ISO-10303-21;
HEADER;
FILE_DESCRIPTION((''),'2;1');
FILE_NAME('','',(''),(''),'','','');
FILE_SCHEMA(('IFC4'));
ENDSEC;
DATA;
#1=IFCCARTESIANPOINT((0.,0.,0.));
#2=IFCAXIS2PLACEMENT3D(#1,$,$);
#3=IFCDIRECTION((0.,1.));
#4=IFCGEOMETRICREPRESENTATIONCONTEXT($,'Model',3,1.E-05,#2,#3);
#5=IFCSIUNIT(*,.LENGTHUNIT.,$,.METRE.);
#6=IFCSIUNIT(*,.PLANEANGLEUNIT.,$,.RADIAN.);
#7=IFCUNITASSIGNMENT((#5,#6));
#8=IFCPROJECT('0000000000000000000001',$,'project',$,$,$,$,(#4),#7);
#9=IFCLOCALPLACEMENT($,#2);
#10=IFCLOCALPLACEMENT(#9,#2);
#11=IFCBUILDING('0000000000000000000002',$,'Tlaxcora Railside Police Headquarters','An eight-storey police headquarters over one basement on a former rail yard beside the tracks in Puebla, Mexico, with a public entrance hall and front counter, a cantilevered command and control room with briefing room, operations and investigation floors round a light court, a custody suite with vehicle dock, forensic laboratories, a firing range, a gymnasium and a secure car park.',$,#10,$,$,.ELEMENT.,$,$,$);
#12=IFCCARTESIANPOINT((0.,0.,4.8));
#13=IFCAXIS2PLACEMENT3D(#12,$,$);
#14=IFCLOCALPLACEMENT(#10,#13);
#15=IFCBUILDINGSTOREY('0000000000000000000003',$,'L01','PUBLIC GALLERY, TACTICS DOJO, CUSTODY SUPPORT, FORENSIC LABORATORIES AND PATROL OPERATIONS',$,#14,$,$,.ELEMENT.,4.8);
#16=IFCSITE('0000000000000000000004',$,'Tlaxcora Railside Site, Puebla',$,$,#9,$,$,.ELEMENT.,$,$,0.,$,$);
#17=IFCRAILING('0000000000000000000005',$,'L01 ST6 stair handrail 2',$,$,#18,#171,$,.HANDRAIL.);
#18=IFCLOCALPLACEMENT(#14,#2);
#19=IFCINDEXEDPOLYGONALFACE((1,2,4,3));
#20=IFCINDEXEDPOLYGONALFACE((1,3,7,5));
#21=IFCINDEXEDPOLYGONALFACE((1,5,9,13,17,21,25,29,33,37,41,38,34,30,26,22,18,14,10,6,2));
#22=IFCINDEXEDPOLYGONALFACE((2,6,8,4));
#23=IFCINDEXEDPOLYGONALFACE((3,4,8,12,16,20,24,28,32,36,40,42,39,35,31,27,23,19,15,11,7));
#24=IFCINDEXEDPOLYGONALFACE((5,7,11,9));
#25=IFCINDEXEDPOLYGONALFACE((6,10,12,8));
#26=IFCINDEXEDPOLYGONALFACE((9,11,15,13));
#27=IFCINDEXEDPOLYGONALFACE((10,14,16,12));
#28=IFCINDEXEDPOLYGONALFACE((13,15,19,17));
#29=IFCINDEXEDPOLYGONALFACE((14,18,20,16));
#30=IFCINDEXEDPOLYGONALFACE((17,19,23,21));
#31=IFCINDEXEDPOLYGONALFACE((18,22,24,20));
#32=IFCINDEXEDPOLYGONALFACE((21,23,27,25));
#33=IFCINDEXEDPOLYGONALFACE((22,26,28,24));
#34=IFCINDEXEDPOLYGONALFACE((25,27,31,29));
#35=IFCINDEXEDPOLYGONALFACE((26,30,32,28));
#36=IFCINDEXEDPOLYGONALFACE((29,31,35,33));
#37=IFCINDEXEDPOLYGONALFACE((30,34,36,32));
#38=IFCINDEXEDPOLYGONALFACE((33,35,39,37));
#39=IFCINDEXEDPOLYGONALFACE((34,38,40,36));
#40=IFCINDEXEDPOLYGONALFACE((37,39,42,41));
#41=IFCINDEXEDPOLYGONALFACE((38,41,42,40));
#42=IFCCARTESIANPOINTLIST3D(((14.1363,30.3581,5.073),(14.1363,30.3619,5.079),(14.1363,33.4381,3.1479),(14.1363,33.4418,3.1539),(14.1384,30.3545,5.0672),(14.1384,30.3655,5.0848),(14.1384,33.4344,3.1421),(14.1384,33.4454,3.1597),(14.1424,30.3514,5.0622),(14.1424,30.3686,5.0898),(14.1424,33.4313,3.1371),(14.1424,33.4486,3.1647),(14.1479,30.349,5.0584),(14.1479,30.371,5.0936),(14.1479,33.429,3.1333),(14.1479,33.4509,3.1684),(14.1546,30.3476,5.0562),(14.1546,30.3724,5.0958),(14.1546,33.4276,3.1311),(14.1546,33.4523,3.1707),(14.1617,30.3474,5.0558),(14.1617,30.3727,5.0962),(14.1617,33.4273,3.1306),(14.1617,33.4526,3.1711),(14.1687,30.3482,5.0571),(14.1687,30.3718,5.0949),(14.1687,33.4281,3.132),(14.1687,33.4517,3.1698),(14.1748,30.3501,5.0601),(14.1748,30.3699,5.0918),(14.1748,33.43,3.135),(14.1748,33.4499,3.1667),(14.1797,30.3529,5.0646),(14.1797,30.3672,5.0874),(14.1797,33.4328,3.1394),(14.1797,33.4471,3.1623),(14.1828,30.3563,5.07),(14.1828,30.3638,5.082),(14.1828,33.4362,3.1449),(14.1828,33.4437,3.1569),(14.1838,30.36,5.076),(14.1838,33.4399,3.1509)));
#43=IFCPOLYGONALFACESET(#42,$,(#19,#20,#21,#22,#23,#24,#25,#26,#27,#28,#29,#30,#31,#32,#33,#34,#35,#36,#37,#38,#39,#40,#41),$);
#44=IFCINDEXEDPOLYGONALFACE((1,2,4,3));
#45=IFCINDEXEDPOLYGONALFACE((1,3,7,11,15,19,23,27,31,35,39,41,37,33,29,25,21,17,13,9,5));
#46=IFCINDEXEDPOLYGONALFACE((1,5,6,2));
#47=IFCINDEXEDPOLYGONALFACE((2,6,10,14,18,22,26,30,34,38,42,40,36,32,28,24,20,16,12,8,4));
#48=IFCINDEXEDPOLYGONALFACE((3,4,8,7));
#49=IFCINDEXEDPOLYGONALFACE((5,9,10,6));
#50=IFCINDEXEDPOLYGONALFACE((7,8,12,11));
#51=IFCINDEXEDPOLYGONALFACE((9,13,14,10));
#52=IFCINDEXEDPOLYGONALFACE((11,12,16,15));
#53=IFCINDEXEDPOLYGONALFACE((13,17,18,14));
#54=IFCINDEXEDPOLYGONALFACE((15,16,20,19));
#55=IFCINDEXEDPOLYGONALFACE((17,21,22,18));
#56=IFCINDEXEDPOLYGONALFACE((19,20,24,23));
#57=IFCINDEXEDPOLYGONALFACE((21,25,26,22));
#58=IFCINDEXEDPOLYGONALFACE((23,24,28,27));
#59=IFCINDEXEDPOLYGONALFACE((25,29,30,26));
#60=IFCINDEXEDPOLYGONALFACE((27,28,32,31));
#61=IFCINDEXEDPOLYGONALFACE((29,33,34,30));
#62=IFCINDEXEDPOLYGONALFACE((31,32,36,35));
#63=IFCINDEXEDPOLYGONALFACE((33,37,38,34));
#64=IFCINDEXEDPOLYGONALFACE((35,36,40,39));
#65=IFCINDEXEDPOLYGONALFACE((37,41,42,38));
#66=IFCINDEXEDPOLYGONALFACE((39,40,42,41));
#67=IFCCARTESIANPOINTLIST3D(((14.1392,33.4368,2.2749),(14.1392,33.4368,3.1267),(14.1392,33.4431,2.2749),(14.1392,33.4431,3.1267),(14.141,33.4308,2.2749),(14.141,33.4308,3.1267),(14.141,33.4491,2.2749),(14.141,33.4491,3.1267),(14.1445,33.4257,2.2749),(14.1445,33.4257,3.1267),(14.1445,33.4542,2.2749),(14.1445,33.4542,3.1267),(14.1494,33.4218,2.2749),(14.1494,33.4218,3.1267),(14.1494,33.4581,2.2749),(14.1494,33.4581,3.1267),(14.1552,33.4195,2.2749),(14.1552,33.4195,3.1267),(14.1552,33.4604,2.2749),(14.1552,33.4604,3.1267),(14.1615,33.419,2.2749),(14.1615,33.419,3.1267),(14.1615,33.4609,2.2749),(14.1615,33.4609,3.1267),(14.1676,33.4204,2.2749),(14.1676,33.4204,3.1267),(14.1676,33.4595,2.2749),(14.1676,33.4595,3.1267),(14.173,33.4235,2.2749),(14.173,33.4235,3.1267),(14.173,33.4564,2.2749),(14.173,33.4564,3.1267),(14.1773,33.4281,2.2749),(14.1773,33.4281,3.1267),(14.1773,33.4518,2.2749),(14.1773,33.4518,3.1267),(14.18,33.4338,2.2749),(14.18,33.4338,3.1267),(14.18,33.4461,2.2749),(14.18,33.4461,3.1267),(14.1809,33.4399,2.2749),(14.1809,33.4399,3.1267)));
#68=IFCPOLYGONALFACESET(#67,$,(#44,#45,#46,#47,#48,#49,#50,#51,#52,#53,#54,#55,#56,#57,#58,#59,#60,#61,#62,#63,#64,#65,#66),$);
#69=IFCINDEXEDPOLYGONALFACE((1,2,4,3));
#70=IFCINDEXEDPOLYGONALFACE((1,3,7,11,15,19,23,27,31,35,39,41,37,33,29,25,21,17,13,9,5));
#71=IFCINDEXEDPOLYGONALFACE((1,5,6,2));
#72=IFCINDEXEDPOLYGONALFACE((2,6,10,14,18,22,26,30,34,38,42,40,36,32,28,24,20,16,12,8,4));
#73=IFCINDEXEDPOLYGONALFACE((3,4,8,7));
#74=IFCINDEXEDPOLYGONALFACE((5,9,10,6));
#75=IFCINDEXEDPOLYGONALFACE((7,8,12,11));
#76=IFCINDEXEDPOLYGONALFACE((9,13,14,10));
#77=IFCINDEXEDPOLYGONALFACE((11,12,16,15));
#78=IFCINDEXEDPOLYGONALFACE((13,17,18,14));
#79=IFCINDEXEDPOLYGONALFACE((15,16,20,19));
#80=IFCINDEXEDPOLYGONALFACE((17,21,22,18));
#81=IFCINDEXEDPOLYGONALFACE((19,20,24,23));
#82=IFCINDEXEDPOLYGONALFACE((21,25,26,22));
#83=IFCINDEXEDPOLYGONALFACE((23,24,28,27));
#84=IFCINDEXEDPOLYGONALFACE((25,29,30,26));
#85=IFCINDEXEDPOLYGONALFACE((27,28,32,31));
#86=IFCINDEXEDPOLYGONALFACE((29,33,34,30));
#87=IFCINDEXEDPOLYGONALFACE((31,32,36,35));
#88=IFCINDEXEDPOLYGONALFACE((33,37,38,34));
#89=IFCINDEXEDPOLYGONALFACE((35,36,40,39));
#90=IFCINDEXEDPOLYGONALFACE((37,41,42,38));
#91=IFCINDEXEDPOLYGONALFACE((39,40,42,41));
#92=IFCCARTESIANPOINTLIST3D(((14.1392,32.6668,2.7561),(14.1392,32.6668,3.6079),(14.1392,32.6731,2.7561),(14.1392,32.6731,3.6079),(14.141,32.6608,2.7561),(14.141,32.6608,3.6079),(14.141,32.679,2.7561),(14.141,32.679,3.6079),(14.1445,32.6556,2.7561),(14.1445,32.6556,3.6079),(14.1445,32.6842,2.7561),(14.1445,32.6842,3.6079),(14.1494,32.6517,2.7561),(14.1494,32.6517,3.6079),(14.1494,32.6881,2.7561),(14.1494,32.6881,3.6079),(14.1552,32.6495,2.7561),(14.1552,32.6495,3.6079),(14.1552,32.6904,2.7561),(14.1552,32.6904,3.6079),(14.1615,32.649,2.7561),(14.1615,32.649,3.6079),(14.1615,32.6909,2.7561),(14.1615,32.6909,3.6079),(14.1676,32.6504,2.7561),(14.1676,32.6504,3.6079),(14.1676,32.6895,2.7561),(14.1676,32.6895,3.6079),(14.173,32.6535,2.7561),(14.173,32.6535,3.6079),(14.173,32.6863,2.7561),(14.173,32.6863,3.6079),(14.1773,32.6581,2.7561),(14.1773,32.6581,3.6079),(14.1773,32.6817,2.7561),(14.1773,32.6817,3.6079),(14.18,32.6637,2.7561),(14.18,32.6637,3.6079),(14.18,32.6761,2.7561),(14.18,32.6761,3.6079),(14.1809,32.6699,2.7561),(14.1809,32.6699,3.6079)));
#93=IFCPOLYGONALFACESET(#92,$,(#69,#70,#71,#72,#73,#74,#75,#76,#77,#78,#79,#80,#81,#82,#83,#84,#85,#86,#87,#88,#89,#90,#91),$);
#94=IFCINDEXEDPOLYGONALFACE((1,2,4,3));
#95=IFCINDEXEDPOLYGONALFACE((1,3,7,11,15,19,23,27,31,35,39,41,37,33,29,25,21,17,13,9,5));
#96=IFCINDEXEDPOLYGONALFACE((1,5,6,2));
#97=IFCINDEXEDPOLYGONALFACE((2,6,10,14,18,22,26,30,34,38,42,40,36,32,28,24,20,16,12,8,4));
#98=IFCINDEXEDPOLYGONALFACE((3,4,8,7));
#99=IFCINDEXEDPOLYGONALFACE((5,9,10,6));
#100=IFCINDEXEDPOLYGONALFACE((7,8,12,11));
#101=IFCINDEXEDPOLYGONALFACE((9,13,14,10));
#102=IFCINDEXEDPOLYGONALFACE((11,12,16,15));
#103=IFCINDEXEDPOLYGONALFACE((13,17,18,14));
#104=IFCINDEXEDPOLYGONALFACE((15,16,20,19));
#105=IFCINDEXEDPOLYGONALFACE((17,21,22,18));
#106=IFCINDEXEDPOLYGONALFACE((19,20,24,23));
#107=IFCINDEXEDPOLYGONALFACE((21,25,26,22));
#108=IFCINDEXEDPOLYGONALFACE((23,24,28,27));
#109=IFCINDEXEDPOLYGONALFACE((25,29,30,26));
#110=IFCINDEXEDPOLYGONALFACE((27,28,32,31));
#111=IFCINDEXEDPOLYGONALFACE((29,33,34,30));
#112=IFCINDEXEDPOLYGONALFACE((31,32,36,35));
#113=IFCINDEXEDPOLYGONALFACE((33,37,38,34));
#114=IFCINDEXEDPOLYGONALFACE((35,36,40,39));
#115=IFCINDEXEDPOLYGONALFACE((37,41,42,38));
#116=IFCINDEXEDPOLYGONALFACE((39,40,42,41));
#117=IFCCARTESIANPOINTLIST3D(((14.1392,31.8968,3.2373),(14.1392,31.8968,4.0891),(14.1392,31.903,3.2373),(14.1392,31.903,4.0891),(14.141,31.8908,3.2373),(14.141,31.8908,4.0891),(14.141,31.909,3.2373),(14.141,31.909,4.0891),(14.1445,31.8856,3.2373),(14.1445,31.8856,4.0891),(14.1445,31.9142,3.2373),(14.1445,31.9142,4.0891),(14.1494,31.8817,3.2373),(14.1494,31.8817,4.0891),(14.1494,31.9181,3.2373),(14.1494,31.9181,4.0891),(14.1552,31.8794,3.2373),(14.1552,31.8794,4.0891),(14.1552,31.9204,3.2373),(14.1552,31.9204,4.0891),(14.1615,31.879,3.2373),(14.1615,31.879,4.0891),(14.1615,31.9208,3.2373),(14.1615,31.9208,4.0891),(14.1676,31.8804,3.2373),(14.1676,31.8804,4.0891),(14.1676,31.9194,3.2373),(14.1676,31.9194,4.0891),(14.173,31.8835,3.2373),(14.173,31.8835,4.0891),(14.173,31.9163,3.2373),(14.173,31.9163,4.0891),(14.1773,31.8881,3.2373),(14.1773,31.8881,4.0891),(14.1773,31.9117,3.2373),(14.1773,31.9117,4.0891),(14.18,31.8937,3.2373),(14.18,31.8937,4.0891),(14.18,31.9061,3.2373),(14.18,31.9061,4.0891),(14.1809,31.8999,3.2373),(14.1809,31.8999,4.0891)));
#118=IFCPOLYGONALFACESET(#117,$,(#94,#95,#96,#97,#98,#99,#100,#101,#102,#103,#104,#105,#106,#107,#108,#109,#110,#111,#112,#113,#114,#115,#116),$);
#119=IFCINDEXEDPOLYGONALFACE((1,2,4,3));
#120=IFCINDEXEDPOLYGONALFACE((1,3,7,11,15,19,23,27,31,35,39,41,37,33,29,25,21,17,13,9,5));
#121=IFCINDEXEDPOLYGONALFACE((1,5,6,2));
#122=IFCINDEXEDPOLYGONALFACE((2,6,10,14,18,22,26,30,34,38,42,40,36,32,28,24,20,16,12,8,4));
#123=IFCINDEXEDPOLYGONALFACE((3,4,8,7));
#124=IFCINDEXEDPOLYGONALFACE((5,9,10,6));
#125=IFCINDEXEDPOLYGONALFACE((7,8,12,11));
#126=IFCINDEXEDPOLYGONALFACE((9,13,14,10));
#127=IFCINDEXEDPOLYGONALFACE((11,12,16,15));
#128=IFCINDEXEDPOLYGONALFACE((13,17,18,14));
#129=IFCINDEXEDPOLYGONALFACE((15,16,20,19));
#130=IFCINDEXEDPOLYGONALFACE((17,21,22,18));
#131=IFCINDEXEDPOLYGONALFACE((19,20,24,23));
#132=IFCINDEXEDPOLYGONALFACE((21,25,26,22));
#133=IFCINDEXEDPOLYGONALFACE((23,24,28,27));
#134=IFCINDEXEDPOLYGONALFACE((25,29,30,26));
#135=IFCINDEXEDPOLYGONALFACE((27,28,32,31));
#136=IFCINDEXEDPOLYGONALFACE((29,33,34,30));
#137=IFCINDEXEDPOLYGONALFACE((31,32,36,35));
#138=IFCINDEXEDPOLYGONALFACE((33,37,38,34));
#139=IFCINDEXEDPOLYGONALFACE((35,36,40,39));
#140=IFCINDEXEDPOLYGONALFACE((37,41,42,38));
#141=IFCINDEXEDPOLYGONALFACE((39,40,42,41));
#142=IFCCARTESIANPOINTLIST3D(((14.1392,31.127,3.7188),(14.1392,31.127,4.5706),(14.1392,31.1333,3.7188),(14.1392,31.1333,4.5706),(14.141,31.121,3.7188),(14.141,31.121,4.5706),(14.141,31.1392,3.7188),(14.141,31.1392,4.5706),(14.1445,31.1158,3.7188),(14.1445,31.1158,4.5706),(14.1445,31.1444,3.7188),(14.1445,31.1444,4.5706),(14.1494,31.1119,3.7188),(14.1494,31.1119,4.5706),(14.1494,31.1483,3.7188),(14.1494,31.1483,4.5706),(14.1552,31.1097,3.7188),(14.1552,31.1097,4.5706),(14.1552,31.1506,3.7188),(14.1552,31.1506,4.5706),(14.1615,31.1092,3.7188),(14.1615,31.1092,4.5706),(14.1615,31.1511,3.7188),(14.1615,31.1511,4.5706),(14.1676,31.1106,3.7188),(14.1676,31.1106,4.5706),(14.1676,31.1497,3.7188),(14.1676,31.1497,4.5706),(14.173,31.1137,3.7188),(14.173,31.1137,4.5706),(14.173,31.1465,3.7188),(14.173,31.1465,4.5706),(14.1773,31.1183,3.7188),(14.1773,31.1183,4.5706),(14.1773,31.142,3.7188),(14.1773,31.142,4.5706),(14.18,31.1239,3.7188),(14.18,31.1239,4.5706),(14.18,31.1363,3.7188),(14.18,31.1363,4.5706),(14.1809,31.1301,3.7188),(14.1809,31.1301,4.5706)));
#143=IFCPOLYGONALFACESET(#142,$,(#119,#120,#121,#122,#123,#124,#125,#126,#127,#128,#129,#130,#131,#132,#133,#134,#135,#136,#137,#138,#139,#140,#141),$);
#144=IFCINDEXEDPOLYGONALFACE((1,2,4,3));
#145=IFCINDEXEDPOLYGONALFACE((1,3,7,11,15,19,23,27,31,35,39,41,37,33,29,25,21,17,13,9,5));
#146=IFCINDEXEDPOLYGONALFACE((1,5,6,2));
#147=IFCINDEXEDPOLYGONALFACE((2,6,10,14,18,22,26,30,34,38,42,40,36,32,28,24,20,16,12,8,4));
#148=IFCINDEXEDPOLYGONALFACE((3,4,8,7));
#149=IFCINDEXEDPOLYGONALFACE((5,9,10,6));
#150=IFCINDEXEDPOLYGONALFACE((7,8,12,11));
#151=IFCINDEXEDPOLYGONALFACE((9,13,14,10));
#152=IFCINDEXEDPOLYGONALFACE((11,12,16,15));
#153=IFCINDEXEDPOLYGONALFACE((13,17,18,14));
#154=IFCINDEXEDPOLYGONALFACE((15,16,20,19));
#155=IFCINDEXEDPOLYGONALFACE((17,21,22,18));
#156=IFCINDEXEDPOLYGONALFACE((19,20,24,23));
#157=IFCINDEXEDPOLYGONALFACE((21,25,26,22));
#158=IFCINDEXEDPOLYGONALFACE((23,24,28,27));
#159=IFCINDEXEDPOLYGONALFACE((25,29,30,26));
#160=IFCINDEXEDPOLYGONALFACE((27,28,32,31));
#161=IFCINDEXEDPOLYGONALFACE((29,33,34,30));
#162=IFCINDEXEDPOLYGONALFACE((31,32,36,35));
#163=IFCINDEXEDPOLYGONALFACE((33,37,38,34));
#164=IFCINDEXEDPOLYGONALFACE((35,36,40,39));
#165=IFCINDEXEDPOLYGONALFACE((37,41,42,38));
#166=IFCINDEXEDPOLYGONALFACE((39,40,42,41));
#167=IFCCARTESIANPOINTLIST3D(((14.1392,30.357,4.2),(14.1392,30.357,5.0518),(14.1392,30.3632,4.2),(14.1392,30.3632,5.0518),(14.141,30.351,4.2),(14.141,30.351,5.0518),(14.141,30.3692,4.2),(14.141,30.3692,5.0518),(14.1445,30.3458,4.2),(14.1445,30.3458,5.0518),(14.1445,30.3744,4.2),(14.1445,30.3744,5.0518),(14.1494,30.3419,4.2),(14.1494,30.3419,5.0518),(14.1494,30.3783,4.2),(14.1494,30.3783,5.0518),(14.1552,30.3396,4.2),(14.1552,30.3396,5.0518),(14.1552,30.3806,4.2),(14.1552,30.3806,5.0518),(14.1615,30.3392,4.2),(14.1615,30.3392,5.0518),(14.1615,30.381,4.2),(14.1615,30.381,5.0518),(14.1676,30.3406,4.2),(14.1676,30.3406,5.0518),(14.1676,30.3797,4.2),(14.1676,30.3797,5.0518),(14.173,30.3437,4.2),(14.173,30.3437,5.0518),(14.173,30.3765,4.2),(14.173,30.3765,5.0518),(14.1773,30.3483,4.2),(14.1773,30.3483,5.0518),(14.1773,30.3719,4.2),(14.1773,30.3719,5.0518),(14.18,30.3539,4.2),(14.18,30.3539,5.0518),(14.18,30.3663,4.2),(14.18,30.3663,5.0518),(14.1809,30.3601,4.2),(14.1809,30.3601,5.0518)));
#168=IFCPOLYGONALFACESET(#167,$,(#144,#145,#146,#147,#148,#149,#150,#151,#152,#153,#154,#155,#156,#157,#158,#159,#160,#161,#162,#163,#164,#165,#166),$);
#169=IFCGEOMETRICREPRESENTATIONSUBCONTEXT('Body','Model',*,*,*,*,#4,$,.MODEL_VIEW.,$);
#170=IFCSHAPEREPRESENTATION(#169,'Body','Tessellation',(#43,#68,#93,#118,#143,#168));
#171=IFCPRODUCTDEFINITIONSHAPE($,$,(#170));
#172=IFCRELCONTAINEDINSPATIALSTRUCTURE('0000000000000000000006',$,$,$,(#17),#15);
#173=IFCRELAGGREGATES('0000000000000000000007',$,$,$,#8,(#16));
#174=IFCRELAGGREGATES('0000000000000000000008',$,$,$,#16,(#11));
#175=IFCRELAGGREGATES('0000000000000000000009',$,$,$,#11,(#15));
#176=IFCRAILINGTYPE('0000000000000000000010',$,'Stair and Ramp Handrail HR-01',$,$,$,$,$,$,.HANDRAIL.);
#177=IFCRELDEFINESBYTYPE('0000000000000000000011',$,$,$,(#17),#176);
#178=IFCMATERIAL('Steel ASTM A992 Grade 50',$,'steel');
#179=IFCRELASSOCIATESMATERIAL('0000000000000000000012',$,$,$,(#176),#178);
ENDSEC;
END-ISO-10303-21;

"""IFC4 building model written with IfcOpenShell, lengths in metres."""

from ifc_helpers import new_model, si_unit, direction, frame, origin, origin_2d, place, context, subcontext, project, spatial, circle, extrude, material, type_object, element, save


model = new_model("IFC4")

# Units and contexts
model_context = context("Model", 3, precision=1e-05, world=origin(), true_north=direction((0.0, 1.0)))
body_context = subcontext(model_context, "Body", "Model", "MODEL_VIEW")
ifc_project = project(units=[si_unit("LENGTHUNIT", "METRE"), si_unit("PLANEANGLEUNIT", "RADIAN")], contexts=[model_context])

# Site, building, storey
site_placement = place(None, origin())
site = spatial("IfcSite", under=ifc_project, at=site_placement, Name="Tlaxcora Railside Site, Puebla", CompositionType="ELEMENT", RefElevation=0.0)
building_placement = place(site_placement, origin())
building = spatial("IfcBuilding", under=site, at=building_placement, Name="Tlaxcora Railside Police Headquarters", Description="An eight-storey police headquarters over one basement on a former rail yard beside the tracks in Puebla, Mexico, with a public entrance hall and front counter, a cantilevered command and control room with briefing room, operations and investigation floors round a light court, a custody suite with vehicle dock, forensic laboratories, a firing range, a gymnasium and a secure car park.", CompositionType="ELEMENT")
storey_placement = place(building_placement, frame((0.0, 0.0, 4.8)))
storey = spatial("IfcBuildingStorey", under=building, at=storey_placement, Name="L01", Description="PUBLIC GALLERY, TACTICS DOJO, CUSTODY SUPPORT, FORENSIC LABORATORIES AND PATROL OPERATIONS", CompositionType="ELEMENT", Elevation=4.8)

# Railing
ifc_material_1 = material(Name="Steel ASTM A992 Grade 50", Category="steel")
railing_type_1 = type_object("IfcRailingType", Name="Stair and Ramp Handrail HR-01", PredefinedType="HANDRAIL", material=ifc_material_1)
railing_1_placement = place(storey_placement, frame((14.1599, 33.4399, 2.2749)))
element("IfcRailing", 1, at=railing_1_placement, inside=storey, type_object=railing_type_1, Name="L01 ST6 stair handrail 2", PredefinedType="HANDRAIL", context=body_context, shape_type="SweptSolid", body=[
    extrude(circle(Radius=0.0239, at=origin_2d()), frame((0.0, 0.0, 0.876), z_axis=(0.0, -0.847979, 0.530029), x_axis=(1.0, 0.0, 0.0)), (0.0, 0.0, 1.0), 3.6321),
    extrude(circle(Radius=0.021, at=origin_2d()), origin(), (0.0, 0.0, 1.0), 0.8518),
    extrude(circle(Radius=0.021, at=origin_2d()), frame((0.0, -0.77, 0.4812)), (0.0, 0.0, 1.0), 0.8518),
    extrude(circle(Radius=0.021, at=origin_2d()), frame((0.0, -1.54, 0.9624)), (0.0, 0.0, 1.0), 0.8518),
    extrude(circle(Radius=0.021, at=origin_2d()), frame((0.0, -2.3098, 1.4438)), (0.0, 0.0, 1.0), 0.8518),
    extrude(circle(Radius=0.021, at=origin_2d()), frame((0.0, -3.0798, 1.925)), (0.0, 0.0, 1.0), 0.8518),
])

save(model, "model.ifc")
